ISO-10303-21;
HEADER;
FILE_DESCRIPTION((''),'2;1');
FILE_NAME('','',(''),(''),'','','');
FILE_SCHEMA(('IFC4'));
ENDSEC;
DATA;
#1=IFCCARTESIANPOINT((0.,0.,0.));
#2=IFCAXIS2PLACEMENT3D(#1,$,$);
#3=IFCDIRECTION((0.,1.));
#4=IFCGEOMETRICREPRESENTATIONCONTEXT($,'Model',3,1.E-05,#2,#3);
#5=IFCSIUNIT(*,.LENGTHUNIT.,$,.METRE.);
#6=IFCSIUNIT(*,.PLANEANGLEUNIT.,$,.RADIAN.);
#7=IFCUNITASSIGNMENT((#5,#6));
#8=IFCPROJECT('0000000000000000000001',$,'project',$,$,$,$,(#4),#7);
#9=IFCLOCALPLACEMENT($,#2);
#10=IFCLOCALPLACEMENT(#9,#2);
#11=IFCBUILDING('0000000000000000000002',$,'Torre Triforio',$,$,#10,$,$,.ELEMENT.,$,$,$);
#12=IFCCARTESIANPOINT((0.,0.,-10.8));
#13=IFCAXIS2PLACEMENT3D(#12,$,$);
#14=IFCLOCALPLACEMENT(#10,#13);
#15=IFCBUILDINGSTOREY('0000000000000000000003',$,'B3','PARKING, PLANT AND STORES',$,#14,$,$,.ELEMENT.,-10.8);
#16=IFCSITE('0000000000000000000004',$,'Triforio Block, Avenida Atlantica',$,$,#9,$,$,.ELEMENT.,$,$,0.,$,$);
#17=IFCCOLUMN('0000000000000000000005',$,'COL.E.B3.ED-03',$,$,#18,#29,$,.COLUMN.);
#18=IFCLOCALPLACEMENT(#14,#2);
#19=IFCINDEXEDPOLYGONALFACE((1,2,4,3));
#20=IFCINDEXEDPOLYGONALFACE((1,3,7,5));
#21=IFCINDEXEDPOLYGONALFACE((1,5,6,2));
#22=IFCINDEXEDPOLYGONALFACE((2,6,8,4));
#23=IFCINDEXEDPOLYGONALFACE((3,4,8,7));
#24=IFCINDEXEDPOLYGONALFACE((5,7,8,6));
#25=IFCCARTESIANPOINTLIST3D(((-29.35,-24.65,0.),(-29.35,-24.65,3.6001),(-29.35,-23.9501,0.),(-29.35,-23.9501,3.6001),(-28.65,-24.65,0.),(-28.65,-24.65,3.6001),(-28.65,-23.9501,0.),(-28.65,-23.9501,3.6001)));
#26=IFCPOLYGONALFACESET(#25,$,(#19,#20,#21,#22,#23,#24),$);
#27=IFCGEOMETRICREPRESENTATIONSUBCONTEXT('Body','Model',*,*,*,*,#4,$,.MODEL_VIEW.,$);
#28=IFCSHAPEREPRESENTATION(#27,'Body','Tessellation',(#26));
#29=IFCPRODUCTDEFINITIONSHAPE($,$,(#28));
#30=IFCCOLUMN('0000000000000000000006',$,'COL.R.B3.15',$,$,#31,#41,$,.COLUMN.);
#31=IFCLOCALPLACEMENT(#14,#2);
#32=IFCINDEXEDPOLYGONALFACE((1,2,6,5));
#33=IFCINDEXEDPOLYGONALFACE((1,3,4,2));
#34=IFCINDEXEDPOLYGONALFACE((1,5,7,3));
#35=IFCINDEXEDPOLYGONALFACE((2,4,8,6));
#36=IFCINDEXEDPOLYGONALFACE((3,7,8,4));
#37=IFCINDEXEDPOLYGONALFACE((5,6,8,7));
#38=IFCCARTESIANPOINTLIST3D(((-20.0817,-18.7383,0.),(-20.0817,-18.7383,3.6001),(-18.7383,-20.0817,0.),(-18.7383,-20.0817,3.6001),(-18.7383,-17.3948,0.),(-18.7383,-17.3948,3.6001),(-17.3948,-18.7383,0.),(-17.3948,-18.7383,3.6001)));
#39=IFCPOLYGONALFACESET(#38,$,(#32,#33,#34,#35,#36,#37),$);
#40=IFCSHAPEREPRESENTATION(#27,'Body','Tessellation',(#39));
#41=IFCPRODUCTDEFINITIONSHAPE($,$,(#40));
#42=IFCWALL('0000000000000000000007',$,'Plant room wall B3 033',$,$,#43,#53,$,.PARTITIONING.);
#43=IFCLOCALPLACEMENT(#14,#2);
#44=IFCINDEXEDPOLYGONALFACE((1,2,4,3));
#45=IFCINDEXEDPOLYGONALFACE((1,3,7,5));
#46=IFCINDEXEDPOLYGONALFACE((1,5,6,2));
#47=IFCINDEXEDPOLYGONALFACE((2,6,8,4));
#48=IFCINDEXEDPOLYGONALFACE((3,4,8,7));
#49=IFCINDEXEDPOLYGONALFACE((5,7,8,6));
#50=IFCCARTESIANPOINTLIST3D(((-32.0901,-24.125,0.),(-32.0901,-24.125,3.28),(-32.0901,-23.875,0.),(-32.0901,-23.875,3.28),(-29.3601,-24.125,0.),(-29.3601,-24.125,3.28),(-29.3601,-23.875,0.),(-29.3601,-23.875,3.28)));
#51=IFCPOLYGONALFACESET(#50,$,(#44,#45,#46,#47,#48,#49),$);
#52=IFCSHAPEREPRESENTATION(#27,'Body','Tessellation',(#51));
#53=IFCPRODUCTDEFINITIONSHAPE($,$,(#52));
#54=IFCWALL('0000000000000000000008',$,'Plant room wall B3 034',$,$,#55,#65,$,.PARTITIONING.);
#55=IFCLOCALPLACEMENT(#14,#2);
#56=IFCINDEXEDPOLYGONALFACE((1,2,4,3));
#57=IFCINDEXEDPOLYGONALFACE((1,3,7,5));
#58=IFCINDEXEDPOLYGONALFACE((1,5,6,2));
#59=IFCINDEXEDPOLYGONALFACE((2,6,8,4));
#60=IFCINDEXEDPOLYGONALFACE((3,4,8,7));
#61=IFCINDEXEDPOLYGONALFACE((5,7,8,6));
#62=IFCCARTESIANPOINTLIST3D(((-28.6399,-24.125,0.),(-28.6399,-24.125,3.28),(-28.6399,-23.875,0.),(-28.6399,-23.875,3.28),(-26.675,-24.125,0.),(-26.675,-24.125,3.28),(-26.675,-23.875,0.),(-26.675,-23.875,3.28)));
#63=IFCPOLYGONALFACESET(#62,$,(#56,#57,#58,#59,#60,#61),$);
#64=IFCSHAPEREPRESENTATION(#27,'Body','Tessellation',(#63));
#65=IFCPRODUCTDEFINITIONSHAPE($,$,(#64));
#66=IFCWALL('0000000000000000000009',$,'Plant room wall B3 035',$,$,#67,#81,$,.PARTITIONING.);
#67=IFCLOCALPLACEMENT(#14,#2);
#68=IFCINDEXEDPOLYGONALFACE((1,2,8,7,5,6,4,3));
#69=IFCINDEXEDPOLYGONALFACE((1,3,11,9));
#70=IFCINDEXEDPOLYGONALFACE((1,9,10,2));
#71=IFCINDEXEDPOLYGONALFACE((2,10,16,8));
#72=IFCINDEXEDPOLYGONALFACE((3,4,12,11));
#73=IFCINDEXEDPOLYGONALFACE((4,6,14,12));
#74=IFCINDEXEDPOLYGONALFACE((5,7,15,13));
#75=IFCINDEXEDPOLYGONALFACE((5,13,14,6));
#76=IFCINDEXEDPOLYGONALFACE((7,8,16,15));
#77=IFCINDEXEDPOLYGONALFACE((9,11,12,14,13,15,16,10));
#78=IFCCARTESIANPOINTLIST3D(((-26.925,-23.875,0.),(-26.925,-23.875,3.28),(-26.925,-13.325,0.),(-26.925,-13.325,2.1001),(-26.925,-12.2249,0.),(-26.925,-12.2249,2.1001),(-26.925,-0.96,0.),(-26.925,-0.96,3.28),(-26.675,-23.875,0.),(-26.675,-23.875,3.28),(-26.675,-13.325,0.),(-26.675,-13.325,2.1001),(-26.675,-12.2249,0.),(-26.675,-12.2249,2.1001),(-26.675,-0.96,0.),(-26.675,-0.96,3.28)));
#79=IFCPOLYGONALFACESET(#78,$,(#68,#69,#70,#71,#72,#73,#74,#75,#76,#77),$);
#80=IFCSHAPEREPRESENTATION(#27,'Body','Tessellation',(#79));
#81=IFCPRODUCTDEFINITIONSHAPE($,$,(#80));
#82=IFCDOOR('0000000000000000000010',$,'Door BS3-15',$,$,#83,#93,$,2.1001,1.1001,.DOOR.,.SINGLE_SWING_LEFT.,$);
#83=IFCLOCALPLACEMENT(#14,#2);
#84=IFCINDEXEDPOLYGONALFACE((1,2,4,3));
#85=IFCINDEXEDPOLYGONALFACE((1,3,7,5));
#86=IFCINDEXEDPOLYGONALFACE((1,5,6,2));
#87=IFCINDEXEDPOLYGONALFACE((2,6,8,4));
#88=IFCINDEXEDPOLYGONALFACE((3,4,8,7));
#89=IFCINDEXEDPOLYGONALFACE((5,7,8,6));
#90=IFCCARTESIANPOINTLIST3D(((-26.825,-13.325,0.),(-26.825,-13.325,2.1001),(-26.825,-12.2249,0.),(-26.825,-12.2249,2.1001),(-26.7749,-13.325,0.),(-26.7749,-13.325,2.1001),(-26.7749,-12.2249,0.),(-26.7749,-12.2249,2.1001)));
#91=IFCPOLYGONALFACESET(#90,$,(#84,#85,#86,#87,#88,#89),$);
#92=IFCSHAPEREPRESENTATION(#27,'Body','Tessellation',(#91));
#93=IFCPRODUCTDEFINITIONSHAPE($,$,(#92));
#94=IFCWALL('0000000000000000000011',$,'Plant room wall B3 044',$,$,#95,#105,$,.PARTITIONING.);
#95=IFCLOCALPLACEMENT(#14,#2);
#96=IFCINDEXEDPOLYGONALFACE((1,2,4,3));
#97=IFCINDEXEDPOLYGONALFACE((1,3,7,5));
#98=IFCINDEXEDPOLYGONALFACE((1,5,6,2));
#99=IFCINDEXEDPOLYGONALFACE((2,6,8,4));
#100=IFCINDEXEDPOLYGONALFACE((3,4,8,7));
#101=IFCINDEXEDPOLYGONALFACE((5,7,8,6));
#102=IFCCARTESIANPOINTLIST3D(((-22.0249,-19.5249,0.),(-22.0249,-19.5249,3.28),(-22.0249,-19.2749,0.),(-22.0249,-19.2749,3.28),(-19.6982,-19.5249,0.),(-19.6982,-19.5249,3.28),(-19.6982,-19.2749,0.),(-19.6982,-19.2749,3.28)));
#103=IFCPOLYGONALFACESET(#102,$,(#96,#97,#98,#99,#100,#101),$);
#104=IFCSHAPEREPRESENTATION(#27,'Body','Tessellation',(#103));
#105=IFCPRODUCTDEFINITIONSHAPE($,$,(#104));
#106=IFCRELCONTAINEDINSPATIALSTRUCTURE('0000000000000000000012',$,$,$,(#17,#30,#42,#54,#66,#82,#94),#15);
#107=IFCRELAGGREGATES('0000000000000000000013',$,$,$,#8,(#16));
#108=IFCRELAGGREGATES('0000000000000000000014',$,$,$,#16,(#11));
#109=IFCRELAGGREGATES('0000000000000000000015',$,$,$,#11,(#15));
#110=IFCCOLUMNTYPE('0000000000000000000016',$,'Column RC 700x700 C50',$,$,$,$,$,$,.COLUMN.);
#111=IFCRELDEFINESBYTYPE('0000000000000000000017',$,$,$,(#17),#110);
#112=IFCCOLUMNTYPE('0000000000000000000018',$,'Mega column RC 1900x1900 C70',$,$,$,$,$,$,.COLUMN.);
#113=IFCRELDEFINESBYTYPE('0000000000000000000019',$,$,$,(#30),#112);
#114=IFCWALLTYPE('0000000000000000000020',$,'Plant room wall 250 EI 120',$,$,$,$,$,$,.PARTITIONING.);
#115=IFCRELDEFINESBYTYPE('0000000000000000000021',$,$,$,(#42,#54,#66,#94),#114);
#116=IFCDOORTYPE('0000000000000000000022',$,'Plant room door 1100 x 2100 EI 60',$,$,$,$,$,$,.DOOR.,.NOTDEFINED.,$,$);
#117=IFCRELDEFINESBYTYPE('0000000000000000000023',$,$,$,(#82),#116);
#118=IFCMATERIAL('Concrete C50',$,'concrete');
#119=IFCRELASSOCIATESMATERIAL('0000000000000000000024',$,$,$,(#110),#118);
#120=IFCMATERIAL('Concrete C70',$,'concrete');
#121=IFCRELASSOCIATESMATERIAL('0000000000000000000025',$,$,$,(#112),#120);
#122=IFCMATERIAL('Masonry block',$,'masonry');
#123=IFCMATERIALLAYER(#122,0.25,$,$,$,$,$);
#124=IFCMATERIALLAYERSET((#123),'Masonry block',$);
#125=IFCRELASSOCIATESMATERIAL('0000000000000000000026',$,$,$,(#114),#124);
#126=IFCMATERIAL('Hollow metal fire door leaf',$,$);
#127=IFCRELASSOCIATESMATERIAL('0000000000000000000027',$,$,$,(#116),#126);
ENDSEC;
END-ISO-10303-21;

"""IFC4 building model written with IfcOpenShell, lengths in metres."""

from ifc_helpers import new_model, si_unit, direction, frame, frame_2d, origin, origin_2d, place, context, subcontext, project, spatial, rectangle, extrude, material, layer, layer_set, material_profile, profile_set, type_object, element, fill, save


model = new_model("IFC4")

# Units and contexts
model_context = context("Model", 3, precision=1e-05, world=origin(), true_north=direction((0.0, 1.0)))
body_context = subcontext(model_context, "Body", "Model", "MODEL_VIEW")
ifc_project = project(units=[si_unit("LENGTHUNIT", "METRE"), si_unit("PLANEANGLEUNIT", "RADIAN")], contexts=[model_context])

# Site, building, storey
site_placement = place(None, origin())
site = spatial("IfcSite", under=ifc_project, at=site_placement, Name="Triforio Block, Avenida Atlantica", CompositionType="ELEMENT", RefElevation=0.0)
building_placement = place(site_placement, origin())
building = spatial("IfcBuilding", under=site, at=building_placement, Name="Torre Triforio", CompositionType="ELEMENT")
storey_placement = place(building_placement, frame((0.0, 0.0, -10.8)))
storey = spatial("IfcBuildingStorey", under=building, at=storey_placement, Name="B3", Description="PARKING, PLANT AND STORES", CompositionType="ELEMENT", Elevation=-10.8)

# Shared definitions
ifc_material_1 = material(Name="Concrete C50", Category="concrete")

# Columns
ifc_material_profile_1 = material_profile(ifc_material_1, rectangle(XDim=0.7, YDim=0.7, at=origin_2d()), Name="RC 700x700")
ifc_profile_set_1 = profile_set([ifc_material_profile_1], Name="Concrete C50")
column_type_1 = type_object("IfcColumnType", Name="Column RC 700x700 C50", PredefinedType="COLUMN", material=ifc_profile_set_1)
for number, where, z_axis, x_axis, name in (
    (1, (-29.0, -24.3, 0.0), (0.0, 0.0, 1.0), (1.0, 0.0, 0.0), "COL.E.B3.ED-03"),
):
    element("IfcColumn", number, at=place(storey_placement, frame(where, z_axis=z_axis, x_axis=x_axis)), inside=storey, type_object=column_type_1, Name=name, PredefinedType="COLUMN", context=body_context, shape_type="SweptSolid", body=[
        extrude(rectangle(XDim=0.7, YDim=0.7, at=origin_2d()), origin(), (0.0, 0.0, 1.0), 3.6001),
    ])
ifc_material_2 = material(Name="Concrete C70", Category="concrete")
ifc_material_profile_2 = material_profile(ifc_material_2, rectangle(XDim=1.8999, YDim=1.8999, at=origin_2d()), Name="RC 1900x1900")
ifc_profile_set_2 = profile_set([ifc_material_profile_2], Name="Concrete C70")
column_type_2 = type_object("IfcColumnType", Name="Mega column RC 1900x1900 C70", PredefinedType="COLUMN", material=ifc_profile_set_2)
column_placement = place(storey_placement, frame((-18.7383, -18.7383, 0.0), z_axis=(0.0, 0.0, 1.0), x_axis=(0.707107, -0.707107, 0.0)))
element("IfcColumn", 2, at=column_placement, inside=storey, type_object=column_type_2, Name="COL.R.B3.15", PredefinedType="COLUMN", context=body_context, shape_type="SweptSolid", body=[
    extrude(rectangle(XDim=1.8999, YDim=1.8999, at=origin_2d()), origin(), (0.0, 0.0, 1.0), 3.6001),
])

# Walls
ifc_material_3 = material(Name="Masonry block", Category="masonry")
ifc_layer = layer(ifc_material_3, 0.25)
ifc_layer_set = layer_set([ifc_layer], Name="Masonry block")
wall_type = type_object("IfcWallType", Name="Plant room wall 250 EI 120", PredefinedType="PARTITIONING", material=ifc_layer_set)
wall_1_placement = place(storey_placement, frame((-32.0901, -24.0, 0.0), z_axis=(0.0, 0.0, 1.0), x_axis=(1.0, 0.0, 0.0)))
element("IfcWall", 3, at=wall_1_placement, inside=storey, type_object=wall_type, Name="Plant room wall B3 033", PredefinedType="PARTITIONING", context=body_context, shape_type="SweptSolid", body=[
    extrude(rectangle(XDim=2.73, YDim=0.25, at=frame_2d((1.365, 0.0))), origin(), (0.0, 0.0, 1.0), 3.28),
])
wall_2_placement = place(storey_placement, frame((-28.6399, -24.0, 0.0), z_axis=(0.0, 0.0, 1.0), x_axis=(1.0, 0.0, 0.0)))
element("IfcWall", 4, at=wall_2_placement, inside=storey, type_object=wall_type, Name="Plant room wall B3 034", PredefinedType="PARTITIONING", context=body_context, shape_type="SweptSolid", body=[
    extrude(rectangle(XDim=1.9648, YDim=0.25, at=frame_2d((0.9824, 0.0))), origin(), (0.0, 0.0, 1.0), 3.28),
])

# Wall, opening, door
wall_3_placement = place(storey_placement, frame((-26.8, -23.875, 0.0), z_axis=(0.0, 0.0, 1.0), x_axis=(0.0, 1.0, 0.0)))
wall_3 = element("IfcWall", 5, at=wall_3_placement, inside=storey, type_object=wall_type, Name="Plant room wall B3 035", PredefinedType="PARTITIONING", context=body_context, shape_type="SweptSolid", body=[
    extrude(rectangle(XDim=22.915, YDim=0.25, at=frame_2d((11.4575, 0.0))), origin(), (0.0, 0.0, 1.0), 3.28),
])
opening_1_placement = place(wall_3_placement, frame((10.55, 0.0, 0.0)))
opening_1 = element("IfcOpeningElement", 6, at=opening_1_placement, cuts=wall_3, PredefinedType="OPENING", context=body_context, shape_type="SweptSolid", body=[
    extrude(rectangle(XDim=1.1001, YDim=2.1001, at=frame_2d((0.55, 1.05))), frame((0.0, 0.135, 0.0), z_axis=(0.0, -1.0, 0.0), x_axis=(1.0, 0.0, 0.0)), (0.0, 0.0, 1.0), 0.27),
])
ifc_material_4 = material(Name="Hollow metal fire door leaf")
door_type = type_object("IfcDoorType", Name="Plant room door 1100 x 2100 EI 60", OperationType="NOTDEFINED", PredefinedType="DOOR", material=ifc_material_4)
door_1_placement = place(opening_1_placement, origin())
door_1 = element("IfcDoor", 7, at=door_1_placement, inside=storey, type_object=door_type, Name="Door BS3-15", OperationType="SINGLE_SWING_LEFT", OverallHeight=2.1001, OverallWidth=1.1001, PredefinedType="DOOR", context=body_context, shape_type="SweptSolid", body=[
    extrude(rectangle(XDim=1.1001, YDim=2.1001, at=frame_2d((0.55, 1.05))), frame((0.0, 0.0249, 0.0), z_axis=(0.0, -1.0, 0.0), x_axis=(1.0, 0.0, 0.0)), (0.0, 0.0, 1.0), 0.05),
])
fill(opening_1, door_1)

# Wall
wall_4_placement = place(storey_placement, frame((-22.0249, -19.3999, 0.0), z_axis=(0.0, 0.0, 1.0), x_axis=(1.0, 0.0, 0.0)))
element("IfcWall", 8, at=wall_4_placement, inside=storey, type_object=wall_type, Name="Plant room wall B3 044", PredefinedType="PARTITIONING", context=body_context, shape_type="SweptSolid", body=[
    extrude(rectangle(XDim=2.3267, YDim=0.25, at=frame_2d((1.1633, 0.0))), origin(), (0.0, 0.0, 1.0), 3.28),
])

save(model, "model.ifc")
